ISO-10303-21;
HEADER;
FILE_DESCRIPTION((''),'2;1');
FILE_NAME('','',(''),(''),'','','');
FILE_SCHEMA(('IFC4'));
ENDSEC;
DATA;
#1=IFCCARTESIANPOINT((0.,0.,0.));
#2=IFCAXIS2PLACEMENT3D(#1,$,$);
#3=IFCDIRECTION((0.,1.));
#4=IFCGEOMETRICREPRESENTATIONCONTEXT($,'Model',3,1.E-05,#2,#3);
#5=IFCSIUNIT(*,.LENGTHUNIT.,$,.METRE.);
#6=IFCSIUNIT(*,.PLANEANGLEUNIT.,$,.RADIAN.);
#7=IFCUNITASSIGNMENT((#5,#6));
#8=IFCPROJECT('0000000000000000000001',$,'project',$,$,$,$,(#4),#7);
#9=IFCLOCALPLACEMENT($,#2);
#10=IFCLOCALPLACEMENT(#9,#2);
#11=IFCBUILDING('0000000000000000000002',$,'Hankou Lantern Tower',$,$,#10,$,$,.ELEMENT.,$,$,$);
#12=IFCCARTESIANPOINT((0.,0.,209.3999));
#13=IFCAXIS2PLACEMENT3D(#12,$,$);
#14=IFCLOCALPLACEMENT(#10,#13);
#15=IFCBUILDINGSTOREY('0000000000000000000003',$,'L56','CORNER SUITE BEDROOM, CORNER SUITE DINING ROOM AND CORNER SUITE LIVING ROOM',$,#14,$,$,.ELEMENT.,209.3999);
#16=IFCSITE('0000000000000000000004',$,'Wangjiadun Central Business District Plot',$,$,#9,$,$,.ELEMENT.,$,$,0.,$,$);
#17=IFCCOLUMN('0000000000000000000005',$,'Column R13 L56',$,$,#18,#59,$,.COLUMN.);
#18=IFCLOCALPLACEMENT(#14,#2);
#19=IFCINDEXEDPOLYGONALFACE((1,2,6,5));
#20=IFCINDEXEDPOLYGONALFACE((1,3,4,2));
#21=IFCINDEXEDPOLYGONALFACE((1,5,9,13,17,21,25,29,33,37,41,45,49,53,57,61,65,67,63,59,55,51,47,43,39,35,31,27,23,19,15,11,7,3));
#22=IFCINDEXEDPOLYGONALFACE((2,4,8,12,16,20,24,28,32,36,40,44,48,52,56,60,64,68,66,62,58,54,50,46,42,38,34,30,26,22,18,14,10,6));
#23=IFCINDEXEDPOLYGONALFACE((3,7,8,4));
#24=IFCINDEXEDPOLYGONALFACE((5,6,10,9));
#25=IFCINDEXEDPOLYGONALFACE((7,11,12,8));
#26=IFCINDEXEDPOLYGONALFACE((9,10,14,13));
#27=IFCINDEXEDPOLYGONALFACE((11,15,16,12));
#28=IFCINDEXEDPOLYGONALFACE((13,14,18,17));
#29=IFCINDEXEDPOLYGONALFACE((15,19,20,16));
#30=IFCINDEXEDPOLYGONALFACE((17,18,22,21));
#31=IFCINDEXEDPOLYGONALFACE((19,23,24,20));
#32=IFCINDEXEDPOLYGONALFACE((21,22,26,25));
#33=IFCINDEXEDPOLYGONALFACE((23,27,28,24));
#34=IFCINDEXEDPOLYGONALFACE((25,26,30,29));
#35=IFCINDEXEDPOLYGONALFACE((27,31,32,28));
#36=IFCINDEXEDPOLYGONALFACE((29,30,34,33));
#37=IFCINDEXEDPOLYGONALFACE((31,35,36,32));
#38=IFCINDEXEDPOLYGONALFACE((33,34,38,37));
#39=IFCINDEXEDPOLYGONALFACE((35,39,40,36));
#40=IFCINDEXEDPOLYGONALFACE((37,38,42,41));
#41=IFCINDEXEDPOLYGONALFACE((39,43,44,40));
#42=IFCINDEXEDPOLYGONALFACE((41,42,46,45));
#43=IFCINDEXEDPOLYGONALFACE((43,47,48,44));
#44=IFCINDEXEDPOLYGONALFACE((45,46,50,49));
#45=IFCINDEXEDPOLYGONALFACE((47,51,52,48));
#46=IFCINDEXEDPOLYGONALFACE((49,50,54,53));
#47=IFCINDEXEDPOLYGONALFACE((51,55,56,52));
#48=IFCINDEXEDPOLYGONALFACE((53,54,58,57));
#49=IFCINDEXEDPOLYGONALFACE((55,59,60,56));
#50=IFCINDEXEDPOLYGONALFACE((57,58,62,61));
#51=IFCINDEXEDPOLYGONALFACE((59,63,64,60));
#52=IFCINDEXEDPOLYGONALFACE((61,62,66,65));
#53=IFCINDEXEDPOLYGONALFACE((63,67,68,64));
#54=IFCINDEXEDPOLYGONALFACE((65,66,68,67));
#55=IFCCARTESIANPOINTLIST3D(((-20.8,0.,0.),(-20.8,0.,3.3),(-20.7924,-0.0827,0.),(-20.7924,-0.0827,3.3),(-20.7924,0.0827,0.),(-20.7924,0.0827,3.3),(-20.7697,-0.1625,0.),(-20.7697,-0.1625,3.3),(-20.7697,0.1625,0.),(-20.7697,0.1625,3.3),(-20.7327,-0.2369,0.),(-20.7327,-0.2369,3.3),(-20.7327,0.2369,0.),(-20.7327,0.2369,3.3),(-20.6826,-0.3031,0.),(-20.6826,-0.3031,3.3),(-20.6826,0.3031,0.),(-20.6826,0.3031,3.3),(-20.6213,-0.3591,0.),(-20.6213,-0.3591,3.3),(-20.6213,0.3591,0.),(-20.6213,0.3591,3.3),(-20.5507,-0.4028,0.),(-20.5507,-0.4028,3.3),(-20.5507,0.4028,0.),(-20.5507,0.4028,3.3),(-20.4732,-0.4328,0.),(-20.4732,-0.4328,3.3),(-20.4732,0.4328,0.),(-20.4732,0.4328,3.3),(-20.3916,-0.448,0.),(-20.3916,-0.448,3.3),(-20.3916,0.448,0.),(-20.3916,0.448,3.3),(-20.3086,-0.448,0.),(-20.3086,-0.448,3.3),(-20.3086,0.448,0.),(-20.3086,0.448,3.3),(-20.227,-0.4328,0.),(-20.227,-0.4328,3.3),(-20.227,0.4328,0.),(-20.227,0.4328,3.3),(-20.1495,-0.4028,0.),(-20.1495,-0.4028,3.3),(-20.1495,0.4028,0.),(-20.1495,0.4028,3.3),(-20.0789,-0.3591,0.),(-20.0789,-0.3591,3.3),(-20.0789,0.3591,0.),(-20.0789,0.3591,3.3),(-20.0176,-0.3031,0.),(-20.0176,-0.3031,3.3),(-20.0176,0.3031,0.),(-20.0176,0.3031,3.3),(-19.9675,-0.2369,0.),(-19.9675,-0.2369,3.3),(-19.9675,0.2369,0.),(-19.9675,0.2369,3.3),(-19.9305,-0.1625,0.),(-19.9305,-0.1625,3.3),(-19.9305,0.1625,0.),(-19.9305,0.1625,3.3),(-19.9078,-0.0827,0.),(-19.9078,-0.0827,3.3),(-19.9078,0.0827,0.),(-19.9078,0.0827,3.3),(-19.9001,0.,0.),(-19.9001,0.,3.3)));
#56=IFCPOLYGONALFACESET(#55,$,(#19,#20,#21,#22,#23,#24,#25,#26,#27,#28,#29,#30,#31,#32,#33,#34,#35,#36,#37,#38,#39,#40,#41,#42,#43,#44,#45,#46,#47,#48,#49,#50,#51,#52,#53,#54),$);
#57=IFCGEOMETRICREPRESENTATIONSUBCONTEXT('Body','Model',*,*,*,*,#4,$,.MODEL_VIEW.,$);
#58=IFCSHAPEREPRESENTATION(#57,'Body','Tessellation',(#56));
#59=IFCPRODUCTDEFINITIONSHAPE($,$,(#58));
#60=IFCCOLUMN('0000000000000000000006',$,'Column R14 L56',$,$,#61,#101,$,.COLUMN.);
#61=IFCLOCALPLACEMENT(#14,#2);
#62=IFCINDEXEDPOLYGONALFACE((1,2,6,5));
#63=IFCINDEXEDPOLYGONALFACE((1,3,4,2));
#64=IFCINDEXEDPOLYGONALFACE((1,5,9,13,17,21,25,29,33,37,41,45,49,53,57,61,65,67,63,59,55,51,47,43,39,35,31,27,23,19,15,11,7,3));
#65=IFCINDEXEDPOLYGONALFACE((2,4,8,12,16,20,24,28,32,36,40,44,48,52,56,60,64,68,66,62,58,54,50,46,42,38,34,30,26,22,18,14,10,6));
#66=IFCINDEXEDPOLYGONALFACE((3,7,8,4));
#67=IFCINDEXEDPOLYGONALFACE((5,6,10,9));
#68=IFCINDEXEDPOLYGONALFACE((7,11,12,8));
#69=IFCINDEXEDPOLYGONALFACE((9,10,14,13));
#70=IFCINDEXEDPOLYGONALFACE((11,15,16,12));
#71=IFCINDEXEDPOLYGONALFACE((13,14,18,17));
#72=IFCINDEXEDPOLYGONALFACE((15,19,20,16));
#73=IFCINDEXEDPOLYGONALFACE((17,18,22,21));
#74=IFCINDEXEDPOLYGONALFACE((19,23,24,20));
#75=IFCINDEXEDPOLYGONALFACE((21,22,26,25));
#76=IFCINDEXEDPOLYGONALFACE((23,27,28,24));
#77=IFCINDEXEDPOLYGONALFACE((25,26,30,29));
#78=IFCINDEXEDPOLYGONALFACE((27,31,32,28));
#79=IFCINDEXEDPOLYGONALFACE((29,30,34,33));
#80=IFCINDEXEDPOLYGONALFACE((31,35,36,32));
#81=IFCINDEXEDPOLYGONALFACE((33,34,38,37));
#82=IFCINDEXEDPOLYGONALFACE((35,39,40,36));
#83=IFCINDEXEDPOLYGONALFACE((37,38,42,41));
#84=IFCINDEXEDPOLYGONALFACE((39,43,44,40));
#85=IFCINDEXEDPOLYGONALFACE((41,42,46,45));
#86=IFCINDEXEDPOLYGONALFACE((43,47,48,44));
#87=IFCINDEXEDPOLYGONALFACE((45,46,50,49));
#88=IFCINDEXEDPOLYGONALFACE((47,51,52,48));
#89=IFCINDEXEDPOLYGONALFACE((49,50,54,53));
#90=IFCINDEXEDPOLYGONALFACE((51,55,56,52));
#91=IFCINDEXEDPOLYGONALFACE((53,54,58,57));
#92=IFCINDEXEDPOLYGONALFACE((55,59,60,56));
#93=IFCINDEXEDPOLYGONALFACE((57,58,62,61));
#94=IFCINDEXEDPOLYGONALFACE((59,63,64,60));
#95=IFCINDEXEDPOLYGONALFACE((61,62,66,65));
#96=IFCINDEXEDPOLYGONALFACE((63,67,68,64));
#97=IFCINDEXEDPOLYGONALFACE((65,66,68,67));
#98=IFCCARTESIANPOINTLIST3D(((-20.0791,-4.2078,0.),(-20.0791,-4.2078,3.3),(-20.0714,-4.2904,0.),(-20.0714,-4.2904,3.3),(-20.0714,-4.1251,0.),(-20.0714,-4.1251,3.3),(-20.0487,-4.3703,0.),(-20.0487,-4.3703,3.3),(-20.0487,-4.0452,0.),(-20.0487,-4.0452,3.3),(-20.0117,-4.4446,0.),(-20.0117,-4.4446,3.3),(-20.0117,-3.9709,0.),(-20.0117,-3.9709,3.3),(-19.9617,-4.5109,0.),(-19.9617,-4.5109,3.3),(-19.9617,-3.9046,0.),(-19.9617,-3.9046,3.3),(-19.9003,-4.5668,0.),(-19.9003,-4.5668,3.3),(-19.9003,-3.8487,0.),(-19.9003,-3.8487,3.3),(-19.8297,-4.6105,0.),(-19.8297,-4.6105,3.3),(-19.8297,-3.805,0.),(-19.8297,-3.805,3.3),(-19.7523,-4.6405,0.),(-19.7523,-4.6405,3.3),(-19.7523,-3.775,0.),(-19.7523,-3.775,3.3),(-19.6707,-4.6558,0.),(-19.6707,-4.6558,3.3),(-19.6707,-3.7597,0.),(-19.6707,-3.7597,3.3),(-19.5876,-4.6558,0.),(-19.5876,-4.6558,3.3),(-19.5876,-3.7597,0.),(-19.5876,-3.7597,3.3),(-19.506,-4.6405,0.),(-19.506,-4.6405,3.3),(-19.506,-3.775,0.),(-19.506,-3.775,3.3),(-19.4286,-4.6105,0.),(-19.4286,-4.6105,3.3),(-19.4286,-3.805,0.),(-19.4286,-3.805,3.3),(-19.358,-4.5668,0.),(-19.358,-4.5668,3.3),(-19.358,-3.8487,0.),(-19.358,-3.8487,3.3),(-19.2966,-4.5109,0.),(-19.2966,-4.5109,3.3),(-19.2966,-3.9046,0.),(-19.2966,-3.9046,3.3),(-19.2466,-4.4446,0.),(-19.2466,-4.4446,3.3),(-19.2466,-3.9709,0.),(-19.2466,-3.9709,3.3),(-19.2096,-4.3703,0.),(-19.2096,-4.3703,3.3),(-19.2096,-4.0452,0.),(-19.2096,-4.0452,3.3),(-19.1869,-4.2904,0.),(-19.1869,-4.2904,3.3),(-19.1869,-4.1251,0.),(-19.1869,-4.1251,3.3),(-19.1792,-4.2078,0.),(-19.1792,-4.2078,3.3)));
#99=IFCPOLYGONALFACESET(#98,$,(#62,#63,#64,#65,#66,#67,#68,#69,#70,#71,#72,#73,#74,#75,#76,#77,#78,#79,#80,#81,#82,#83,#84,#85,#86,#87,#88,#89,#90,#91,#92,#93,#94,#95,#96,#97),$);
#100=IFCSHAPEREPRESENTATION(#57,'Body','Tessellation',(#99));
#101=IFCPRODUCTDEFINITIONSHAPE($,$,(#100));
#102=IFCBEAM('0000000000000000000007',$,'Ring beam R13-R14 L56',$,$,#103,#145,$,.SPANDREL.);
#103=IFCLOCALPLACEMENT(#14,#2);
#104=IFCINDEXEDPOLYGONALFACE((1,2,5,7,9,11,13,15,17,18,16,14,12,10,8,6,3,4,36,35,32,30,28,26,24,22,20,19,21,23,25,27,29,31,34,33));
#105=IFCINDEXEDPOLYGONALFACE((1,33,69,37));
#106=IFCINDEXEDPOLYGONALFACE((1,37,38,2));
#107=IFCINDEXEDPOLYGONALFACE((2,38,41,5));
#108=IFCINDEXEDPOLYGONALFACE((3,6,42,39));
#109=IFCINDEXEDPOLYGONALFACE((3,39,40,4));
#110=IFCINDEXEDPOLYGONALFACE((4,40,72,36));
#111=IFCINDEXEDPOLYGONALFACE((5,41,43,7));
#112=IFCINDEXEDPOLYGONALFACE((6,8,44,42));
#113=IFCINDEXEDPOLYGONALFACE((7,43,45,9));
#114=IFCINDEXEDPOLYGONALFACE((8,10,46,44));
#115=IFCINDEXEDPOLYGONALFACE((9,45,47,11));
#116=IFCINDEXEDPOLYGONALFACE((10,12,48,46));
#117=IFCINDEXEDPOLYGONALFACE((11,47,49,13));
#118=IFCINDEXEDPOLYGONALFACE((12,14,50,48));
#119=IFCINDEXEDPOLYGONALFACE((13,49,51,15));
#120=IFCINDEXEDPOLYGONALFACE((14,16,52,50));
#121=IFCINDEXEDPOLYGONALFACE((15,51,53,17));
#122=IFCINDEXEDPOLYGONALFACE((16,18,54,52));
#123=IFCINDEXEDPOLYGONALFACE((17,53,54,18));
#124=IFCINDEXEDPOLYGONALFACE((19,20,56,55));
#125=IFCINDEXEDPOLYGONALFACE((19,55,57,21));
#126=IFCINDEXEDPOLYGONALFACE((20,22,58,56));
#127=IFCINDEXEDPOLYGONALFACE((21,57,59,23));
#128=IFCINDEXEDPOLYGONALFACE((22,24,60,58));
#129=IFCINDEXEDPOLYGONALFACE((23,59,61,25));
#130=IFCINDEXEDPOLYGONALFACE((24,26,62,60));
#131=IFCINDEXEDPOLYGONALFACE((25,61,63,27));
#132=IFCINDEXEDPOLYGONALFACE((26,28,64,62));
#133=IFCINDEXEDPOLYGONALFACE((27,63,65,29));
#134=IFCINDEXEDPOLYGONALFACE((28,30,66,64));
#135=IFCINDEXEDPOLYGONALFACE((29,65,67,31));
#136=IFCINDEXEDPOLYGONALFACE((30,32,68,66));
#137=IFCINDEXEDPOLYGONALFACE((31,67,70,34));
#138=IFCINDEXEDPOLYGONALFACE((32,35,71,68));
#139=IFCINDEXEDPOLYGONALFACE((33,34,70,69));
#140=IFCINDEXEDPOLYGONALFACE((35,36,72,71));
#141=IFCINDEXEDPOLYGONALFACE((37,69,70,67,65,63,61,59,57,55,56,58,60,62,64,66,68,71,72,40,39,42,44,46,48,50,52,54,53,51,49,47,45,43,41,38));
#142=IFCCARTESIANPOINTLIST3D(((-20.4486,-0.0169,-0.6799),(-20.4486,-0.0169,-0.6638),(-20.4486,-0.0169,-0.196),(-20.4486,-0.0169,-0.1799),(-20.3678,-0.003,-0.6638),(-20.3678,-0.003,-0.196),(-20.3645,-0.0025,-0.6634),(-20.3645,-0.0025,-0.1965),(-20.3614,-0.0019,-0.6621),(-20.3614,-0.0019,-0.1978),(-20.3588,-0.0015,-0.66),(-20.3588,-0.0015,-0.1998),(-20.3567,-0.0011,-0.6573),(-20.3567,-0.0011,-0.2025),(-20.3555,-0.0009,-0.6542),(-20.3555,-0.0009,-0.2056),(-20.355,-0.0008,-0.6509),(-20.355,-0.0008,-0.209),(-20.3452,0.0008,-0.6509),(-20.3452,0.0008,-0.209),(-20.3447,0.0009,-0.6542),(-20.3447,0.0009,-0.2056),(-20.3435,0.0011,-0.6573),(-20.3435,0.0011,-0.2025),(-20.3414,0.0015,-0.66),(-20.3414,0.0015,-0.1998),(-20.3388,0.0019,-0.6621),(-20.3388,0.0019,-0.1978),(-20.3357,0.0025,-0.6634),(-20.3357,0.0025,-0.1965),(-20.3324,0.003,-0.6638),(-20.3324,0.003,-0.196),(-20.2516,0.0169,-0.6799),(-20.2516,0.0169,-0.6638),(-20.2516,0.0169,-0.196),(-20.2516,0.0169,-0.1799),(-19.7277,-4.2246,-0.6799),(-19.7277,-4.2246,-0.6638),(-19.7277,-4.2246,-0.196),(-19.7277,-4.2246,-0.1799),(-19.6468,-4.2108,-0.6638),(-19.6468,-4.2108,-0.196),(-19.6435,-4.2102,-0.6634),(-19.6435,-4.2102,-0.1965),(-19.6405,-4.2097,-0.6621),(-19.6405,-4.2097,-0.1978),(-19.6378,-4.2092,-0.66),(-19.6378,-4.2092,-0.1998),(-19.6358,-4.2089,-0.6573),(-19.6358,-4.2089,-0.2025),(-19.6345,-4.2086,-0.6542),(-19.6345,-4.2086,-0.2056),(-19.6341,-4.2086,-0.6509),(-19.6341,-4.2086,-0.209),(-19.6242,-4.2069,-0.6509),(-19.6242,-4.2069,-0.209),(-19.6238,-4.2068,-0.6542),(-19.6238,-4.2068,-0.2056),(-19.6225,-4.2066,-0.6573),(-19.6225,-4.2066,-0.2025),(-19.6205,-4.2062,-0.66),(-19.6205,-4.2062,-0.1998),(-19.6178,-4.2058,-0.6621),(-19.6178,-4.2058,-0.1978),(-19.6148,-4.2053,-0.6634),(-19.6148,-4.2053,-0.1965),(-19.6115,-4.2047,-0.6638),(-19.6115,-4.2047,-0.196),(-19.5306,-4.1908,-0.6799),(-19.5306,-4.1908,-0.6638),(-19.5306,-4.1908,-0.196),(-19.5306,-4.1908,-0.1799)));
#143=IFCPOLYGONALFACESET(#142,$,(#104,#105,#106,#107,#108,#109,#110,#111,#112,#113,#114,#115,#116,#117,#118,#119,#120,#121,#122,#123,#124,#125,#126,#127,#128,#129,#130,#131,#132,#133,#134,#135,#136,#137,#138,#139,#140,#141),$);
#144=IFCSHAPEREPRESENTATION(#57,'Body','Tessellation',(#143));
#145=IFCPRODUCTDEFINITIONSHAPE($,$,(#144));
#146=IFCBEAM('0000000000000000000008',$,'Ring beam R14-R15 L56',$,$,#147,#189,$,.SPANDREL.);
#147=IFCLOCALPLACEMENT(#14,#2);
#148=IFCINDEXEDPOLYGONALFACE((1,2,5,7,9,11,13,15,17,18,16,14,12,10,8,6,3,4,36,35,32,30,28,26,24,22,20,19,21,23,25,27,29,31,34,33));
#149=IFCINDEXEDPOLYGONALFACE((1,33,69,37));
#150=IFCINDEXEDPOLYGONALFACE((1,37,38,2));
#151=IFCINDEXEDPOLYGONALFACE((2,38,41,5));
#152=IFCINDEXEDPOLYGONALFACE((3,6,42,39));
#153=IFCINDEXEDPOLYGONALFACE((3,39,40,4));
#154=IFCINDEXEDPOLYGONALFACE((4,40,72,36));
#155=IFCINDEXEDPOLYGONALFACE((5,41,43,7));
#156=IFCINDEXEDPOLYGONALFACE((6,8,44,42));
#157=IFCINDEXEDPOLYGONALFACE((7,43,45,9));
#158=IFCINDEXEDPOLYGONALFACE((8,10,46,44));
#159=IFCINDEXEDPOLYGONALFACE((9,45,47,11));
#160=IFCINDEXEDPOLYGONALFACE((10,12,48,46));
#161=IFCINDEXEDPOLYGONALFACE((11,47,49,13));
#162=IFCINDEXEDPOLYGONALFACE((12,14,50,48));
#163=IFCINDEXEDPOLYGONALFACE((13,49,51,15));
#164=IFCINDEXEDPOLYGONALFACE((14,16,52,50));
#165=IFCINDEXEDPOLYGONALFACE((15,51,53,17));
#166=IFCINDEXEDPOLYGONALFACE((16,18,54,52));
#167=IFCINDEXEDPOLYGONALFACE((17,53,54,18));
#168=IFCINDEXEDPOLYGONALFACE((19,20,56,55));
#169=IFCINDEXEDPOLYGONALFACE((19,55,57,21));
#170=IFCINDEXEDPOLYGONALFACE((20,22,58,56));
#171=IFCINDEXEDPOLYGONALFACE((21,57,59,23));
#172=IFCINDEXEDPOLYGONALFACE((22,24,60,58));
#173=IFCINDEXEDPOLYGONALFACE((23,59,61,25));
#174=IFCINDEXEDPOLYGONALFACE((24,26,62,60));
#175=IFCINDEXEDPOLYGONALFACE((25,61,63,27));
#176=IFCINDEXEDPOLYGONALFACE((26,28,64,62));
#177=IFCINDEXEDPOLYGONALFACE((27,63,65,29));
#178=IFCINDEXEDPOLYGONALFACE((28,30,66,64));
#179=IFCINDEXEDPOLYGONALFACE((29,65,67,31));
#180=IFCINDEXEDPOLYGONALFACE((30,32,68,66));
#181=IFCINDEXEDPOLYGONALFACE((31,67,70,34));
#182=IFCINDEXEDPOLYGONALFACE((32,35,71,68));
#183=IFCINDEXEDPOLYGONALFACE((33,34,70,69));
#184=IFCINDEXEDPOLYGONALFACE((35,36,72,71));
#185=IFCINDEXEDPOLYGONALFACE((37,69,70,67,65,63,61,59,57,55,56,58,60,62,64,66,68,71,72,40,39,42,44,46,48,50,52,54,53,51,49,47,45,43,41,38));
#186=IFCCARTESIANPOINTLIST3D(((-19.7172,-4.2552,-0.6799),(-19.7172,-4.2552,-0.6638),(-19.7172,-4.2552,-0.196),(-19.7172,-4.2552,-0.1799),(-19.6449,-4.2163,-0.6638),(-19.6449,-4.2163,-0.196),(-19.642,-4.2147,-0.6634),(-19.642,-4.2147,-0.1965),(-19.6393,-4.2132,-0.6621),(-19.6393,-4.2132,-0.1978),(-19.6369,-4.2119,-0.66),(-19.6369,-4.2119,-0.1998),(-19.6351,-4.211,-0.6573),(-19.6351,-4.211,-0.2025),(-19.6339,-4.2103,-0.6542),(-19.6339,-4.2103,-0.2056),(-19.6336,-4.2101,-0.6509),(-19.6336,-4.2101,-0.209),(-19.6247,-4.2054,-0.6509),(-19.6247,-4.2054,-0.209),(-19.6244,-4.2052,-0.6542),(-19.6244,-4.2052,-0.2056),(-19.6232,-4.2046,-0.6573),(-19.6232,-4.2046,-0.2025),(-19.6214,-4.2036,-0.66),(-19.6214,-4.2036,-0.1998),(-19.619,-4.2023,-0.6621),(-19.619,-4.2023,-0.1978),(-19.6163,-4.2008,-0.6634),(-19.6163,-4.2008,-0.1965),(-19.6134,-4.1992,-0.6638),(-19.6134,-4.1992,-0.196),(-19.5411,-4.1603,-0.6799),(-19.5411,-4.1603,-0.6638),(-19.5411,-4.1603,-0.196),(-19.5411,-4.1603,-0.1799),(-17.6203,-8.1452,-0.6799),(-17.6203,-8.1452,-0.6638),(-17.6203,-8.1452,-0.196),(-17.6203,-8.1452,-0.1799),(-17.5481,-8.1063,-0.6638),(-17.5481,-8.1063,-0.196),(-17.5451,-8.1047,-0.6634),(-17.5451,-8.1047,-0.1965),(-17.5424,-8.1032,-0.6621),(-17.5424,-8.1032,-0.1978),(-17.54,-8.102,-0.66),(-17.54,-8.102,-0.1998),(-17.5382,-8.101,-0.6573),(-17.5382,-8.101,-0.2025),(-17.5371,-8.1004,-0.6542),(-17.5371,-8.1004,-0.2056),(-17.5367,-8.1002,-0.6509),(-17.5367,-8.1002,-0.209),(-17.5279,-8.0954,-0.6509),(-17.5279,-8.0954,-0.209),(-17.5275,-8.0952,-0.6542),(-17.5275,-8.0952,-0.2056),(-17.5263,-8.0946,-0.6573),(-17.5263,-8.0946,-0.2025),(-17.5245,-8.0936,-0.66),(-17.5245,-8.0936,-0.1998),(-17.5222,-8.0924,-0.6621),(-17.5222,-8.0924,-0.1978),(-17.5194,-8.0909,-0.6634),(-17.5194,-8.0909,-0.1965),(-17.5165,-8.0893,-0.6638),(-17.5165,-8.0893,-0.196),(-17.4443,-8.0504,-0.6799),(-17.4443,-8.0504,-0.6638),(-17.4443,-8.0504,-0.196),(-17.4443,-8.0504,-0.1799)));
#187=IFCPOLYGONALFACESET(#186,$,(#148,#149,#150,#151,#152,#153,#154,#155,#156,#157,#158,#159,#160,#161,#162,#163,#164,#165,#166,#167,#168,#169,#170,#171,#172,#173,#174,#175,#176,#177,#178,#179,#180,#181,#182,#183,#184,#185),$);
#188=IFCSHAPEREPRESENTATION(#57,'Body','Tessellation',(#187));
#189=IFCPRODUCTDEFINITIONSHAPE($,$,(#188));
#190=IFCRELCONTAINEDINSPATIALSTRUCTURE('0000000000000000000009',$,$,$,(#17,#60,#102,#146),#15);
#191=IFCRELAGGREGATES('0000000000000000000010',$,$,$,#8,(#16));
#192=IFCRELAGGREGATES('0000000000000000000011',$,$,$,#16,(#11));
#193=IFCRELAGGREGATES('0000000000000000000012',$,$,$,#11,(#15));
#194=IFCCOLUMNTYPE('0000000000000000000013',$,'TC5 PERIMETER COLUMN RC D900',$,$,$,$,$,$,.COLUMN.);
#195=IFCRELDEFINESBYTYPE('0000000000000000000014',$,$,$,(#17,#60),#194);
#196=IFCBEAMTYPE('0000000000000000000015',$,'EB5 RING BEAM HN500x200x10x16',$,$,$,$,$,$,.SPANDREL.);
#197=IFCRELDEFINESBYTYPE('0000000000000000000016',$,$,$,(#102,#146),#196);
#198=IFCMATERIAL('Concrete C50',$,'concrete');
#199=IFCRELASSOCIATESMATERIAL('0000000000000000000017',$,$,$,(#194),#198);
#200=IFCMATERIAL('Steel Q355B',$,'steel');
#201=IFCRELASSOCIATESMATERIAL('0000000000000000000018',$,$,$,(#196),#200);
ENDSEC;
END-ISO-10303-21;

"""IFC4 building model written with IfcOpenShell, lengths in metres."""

from ifc_helpers import new_model, si_unit, direction, frame, origin, origin_2d, place, context, subcontext, project, spatial, circle, i_section, extrude, material, material_profile, profile_set, type_object, element, save


model = new_model("IFC4")

# Units and contexts
model_context = context("Model", 3, precision=1e-05, world=origin(), true_north=direction((0.0, 1.0)))
body_context = subcontext(model_context, "Body", "Model", "MODEL_VIEW")
ifc_project = project(units=[si_unit("LENGTHUNIT", "METRE"), si_unit("PLANEANGLEUNIT", "RADIAN")], contexts=[model_context])

# Site, building, storey
site_placement = place(None, origin())
site = spatial("IfcSite", under=ifc_project, at=site_placement, Name="Wangjiadun Central Business District Plot", CompositionType="ELEMENT", RefElevation=0.0)
building_placement = place(site_placement, origin())
building = spatial("IfcBuilding", under=site, at=building_placement, Name="Hankou Lantern Tower", CompositionType="ELEMENT")
storey_placement = place(building_placement, frame((0.0, 0.0, 209.3999)))
storey = spatial("IfcBuildingStorey", under=building, at=storey_placement, Name="L56", Description="CORNER SUITE BEDROOM, CORNER SUITE DINING ROOM AND CORNER SUITE LIVING ROOM", CompositionType="ELEMENT", Elevation=209.3999)

# Columns
ifc_material_1 = material(Name="Concrete C50", Category="concrete")
ifc_material_profile_1 = material_profile(ifc_material_1, circle(Radius=0.45, at=origin_2d()), Name="RC D900")
ifc_profile_set_1 = profile_set([ifc_material_profile_1], Name="Concrete C50")
column_type = type_object("IfcColumnType", Name="TC5 PERIMETER COLUMN RC D900", PredefinedType="COLUMN", material=ifc_profile_set_1)
for number, where, z_axis, x_axis, name in (
    (1, (-20.3501, 0.0, 0.0), (0.0, 0.0, 1.0), (1.0, 0.0, 0.0), "Column R13 L56"),
    (2, (-19.6292, -4.2078, 0.0), (0.0, 0.0, 1.0), (1.0, 0.0, 0.0), "Column R14 L56"),
):
    element("IfcColumn", number, at=place(storey_placement, frame(where, z_axis=z_axis, x_axis=x_axis)), inside=storey, type_object=column_type, Name=name, PredefinedType="COLUMN", context=body_context, shape_type="SweptSolid", body=[
        extrude(circle(Radius=0.45, at=origin_2d()), origin(), (0.0, 0.0, 1.0), 3.3),
    ])

# Beams
ifc_material_2 = material(Name="Steel Q355B", Category="steel")
ifc_material_profile_2 = material_profile(ifc_material_2, i_section(OverallWidth=0.2, OverallDepth=0.5, WebThickness=0.01, FlangeThickness=0.0161, FilletRadius=0.0129, at=origin_2d()), Name="HN500x200x10x16")
ifc_profile_set_2 = profile_set([ifc_material_profile_2], Name="Steel Q355B")
beam_type_1 = type_object("IfcBeamType", Name="EB5 RING BEAM HN500x200x10x16", PredefinedType="SPANDREL", material=ifc_profile_set_2)
beam_1_placement = place(storey_placement, frame((-20.3501, 0.0, -0.4299), z_axis=(0.168877, -0.985637, 0.0), x_axis=(0.985637, 0.168877, 0.0)))
element("IfcBeam", 3, at=beam_1_placement, inside=storey, type_object=beam_type_1, Name="Ring beam R13-R14 L56", PredefinedType="SPANDREL", context=body_context, shape_type="SweptSolid", body=[
    extrude(i_section(OverallWidth=0.2, OverallDepth=0.5, WebThickness=0.01, FlangeThickness=0.0161, FilletRadius=0.0129, at=origin_2d()), origin(), (0.0, 0.0, 1.0), 4.269),
])
beam_2_placement = place(storey_placement, frame((-19.6292, -4.2078, -0.4299), z_axis=(0.474492, -0.88026, 0.0), x_axis=(0.88026, 0.474492, 0.0)))
element("IfcBeam", 4, at=beam_2_placement, inside=storey, type_object=beam_type_1, Name="Ring beam R14-R15 L56", PredefinedType="SPANDREL", context=body_context, shape_type="SweptSolid", body=[
    extrude(i_section(OverallWidth=0.2, OverallDepth=0.5, WebThickness=0.01, FlangeThickness=0.0161, FilletRadius=0.0129, at=origin_2d()), origin(), (0.0, 0.0, 1.0), 4.4192),
])

save(model, "model.ifc")
